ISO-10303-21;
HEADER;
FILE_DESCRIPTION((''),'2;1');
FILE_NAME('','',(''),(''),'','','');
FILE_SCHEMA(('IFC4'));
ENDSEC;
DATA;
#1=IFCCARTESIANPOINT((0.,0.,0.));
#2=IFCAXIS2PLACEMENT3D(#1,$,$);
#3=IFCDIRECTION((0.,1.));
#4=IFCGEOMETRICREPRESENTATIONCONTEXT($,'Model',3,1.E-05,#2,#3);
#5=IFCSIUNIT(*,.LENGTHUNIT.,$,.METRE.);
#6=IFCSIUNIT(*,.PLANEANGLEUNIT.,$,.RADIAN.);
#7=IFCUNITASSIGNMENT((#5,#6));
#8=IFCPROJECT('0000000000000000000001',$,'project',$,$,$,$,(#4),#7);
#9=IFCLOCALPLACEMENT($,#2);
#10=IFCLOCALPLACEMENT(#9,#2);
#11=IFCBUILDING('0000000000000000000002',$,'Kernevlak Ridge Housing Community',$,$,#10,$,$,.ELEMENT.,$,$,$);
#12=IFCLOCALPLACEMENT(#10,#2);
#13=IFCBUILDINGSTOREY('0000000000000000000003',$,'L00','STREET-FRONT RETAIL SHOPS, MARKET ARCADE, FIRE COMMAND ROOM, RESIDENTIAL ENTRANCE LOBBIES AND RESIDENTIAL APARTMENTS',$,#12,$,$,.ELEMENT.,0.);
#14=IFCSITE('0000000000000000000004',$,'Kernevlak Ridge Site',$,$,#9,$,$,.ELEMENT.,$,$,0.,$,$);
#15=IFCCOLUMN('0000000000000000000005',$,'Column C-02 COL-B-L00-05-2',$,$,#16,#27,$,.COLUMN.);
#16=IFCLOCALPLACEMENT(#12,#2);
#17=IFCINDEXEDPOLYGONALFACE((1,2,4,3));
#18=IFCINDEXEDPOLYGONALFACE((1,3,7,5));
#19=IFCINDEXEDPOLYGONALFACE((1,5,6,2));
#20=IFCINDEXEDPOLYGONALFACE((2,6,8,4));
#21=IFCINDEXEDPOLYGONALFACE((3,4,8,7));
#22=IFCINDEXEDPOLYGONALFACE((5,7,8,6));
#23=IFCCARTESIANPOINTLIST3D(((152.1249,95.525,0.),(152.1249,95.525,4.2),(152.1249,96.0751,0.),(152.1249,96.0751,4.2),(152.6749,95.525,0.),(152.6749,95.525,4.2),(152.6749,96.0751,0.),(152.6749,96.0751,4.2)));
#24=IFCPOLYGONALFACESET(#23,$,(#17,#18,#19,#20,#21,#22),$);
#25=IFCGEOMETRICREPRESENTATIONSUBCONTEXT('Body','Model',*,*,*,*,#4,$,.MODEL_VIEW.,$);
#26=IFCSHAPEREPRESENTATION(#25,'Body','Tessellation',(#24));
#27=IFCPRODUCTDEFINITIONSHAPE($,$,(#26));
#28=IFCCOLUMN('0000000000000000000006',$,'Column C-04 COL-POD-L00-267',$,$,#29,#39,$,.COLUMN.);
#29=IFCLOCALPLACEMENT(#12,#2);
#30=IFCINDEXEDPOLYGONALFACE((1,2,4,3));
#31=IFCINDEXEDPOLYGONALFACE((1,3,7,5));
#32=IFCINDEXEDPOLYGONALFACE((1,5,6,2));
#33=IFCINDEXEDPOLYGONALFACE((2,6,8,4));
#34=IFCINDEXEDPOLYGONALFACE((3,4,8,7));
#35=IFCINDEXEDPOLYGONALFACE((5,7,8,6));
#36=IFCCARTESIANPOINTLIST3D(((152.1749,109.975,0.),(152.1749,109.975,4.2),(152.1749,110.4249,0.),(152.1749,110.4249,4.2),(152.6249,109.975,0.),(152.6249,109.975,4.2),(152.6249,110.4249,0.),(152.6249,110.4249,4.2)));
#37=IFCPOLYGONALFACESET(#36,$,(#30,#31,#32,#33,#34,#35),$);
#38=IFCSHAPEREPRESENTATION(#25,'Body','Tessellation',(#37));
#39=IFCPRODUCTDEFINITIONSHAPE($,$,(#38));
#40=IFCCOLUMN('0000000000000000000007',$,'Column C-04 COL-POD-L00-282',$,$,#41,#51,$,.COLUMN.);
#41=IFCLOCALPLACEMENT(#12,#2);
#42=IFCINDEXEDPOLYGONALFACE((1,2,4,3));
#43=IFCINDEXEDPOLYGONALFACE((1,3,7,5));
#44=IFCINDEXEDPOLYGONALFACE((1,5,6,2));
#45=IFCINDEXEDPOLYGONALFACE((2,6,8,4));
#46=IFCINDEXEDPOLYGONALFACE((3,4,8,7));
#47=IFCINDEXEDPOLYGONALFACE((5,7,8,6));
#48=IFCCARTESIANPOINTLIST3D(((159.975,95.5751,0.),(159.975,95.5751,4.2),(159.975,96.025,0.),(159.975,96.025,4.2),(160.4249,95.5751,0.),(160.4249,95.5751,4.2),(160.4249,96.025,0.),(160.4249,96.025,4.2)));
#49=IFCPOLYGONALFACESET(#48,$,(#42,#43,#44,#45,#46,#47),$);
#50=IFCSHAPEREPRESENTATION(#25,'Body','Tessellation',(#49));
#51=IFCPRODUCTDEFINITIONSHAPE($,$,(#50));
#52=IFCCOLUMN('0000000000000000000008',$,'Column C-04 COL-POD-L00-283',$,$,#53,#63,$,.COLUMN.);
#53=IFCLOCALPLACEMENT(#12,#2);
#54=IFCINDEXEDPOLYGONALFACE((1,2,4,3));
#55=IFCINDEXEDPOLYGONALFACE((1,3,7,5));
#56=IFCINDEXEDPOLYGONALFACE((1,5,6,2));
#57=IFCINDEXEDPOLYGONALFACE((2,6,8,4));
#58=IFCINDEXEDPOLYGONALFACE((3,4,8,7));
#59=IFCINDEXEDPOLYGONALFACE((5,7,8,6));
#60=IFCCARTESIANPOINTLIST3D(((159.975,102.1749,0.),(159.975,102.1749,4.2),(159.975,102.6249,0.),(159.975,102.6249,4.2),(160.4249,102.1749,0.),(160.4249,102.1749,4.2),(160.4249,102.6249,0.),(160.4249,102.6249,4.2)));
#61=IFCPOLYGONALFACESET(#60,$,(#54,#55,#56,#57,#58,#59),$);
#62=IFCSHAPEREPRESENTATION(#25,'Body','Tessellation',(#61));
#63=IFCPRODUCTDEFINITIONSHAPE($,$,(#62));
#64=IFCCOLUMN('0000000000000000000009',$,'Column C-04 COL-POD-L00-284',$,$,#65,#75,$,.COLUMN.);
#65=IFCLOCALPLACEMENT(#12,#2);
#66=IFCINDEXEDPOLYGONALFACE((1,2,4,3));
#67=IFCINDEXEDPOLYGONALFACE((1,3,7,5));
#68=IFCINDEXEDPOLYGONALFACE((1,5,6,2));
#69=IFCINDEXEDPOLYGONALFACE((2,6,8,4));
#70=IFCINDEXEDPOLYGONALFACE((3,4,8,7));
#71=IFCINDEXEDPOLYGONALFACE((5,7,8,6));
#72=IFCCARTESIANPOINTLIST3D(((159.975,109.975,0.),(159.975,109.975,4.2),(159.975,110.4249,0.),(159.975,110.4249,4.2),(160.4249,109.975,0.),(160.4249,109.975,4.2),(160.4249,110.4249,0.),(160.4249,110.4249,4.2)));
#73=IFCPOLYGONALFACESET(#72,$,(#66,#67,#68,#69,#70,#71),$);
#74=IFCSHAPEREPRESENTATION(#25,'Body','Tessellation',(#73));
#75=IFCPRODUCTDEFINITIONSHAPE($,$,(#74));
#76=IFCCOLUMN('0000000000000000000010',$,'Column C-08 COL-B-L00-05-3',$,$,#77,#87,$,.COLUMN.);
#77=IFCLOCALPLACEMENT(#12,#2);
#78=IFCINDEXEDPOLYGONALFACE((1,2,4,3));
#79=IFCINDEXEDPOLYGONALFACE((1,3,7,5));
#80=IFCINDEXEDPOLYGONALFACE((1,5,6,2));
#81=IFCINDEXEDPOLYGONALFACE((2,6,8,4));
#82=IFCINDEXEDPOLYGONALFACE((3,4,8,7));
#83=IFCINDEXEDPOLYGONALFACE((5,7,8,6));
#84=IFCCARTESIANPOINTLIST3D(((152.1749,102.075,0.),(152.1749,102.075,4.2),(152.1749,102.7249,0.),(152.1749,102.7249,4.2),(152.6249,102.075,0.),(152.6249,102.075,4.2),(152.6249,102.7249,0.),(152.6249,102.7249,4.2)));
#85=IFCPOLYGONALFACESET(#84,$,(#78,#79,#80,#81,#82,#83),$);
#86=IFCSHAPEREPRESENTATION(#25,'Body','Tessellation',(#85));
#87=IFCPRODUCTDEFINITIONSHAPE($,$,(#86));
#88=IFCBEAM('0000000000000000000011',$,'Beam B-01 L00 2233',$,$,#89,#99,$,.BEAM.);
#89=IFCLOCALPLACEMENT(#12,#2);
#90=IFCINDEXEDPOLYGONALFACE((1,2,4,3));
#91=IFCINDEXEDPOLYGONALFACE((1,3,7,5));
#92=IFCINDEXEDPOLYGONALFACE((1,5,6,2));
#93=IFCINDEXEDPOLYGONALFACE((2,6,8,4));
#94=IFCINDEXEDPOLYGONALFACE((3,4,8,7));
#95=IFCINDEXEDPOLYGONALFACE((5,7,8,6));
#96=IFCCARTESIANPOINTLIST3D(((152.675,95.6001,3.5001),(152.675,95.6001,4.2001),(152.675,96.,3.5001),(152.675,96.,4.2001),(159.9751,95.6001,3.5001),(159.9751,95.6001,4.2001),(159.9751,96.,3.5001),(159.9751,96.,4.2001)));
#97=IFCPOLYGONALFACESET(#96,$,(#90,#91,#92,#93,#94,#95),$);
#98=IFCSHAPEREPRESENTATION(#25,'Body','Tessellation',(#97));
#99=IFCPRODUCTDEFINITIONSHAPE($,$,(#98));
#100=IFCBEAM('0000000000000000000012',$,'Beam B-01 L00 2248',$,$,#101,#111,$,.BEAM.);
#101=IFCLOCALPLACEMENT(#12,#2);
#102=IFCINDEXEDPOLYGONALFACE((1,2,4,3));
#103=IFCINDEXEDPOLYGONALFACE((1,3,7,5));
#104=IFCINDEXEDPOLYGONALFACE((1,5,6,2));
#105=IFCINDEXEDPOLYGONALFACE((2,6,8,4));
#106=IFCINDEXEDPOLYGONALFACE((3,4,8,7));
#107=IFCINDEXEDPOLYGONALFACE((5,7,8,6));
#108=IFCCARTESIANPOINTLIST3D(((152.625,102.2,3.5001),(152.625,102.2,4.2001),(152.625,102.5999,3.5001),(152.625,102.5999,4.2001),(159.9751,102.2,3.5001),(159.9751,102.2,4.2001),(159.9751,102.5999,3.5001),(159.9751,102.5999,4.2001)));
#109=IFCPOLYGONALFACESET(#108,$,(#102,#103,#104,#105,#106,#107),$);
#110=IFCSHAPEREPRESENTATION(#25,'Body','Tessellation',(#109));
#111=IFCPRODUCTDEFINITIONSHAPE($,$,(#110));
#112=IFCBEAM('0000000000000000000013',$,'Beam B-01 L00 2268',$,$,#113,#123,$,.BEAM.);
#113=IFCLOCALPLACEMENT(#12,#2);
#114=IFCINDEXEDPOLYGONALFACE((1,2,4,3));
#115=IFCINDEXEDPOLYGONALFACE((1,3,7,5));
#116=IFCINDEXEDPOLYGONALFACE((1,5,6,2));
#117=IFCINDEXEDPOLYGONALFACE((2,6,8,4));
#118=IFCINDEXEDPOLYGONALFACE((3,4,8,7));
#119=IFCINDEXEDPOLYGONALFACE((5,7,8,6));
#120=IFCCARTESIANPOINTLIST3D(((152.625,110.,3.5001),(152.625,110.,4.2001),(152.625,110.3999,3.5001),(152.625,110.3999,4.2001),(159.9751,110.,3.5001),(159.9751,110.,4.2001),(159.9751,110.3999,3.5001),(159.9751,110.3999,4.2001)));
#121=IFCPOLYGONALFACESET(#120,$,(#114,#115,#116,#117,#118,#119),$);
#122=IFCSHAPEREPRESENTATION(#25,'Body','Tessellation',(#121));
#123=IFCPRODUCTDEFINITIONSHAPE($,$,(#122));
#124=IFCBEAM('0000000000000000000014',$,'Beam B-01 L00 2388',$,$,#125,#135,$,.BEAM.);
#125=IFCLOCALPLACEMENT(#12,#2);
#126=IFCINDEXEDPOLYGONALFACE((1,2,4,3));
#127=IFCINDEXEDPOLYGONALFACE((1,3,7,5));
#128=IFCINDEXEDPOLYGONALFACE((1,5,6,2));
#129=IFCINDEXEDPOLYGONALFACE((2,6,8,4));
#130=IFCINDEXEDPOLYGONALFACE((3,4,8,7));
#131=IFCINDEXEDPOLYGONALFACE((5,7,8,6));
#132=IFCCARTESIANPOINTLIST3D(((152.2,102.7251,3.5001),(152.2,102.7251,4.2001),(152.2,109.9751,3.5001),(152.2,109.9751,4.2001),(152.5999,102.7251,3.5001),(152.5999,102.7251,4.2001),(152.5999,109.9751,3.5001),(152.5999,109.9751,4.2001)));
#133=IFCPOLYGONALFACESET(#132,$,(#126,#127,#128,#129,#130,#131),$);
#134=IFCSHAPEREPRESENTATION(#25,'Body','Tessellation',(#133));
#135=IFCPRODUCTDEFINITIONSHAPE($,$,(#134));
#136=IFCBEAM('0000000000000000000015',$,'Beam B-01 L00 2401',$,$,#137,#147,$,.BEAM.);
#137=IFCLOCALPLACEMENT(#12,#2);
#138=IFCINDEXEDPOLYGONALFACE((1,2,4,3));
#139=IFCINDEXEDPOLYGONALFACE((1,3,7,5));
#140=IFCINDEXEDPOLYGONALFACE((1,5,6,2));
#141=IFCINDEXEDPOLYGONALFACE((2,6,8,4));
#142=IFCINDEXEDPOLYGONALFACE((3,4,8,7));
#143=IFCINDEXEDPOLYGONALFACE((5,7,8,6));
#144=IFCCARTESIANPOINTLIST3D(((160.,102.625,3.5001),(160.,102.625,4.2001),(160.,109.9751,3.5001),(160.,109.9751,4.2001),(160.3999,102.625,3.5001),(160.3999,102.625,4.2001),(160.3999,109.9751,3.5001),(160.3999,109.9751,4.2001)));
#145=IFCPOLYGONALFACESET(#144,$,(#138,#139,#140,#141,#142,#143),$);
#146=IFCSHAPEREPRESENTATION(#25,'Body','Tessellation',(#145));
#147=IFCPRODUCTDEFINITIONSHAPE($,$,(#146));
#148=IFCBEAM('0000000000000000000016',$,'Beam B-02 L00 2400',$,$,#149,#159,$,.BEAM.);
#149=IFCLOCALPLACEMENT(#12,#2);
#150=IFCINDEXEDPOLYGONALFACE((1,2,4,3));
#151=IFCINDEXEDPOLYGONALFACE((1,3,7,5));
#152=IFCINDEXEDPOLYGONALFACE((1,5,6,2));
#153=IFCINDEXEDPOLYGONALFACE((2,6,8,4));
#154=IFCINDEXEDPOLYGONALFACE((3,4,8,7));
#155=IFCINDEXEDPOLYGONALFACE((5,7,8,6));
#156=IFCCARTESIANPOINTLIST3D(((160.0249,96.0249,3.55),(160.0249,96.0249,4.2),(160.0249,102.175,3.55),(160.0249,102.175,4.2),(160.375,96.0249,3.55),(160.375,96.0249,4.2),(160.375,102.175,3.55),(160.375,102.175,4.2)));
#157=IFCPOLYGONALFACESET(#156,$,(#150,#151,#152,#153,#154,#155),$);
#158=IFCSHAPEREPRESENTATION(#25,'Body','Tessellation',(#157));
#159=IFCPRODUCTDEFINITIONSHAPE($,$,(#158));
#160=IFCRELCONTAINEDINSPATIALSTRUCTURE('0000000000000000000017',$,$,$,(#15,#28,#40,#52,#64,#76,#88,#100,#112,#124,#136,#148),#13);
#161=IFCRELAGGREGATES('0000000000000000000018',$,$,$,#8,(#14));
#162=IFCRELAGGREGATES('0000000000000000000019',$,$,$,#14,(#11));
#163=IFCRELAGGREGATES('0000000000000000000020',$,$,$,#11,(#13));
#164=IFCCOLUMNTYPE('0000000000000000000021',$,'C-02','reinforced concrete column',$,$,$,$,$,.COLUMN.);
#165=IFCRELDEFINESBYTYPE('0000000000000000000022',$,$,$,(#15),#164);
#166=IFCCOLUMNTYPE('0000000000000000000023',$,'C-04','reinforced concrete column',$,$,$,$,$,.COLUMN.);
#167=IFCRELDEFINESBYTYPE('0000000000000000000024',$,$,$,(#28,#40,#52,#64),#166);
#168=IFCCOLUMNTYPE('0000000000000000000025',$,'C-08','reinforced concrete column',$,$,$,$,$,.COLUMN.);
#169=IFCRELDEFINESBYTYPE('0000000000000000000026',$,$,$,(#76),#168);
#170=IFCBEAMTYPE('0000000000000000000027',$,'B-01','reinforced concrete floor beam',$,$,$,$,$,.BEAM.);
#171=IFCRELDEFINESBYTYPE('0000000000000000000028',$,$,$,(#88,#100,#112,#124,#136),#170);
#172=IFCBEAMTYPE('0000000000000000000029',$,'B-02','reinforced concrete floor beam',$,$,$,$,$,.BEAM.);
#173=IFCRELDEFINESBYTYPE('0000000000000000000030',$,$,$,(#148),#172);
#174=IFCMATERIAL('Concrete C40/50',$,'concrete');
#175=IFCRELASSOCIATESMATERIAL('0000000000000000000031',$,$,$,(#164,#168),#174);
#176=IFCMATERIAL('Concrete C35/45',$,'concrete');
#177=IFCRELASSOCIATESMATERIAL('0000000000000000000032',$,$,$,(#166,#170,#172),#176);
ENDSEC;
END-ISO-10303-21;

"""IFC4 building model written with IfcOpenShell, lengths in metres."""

from ifc_helpers import new_model, si_unit, direction, frame, origin, origin_2d, place, context, subcontext, project, spatial, rectangle, extrude, material, material_profile, profile_set, type_object, element, save


model = new_model("IFC4")

# Units and contexts
model_context = context("Model", 3, precision=1e-05, world=origin(), true_north=direction((0.0, 1.0)))
body_context = subcontext(model_context, "Body", "Model", "MODEL_VIEW")
ifc_project = project(units=[si_unit("LENGTHUNIT", "METRE"), si_unit("PLANEANGLEUNIT", "RADIAN")], contexts=[model_context])

# Site, building, storey
site_placement = place(None, origin())
site = spatial("IfcSite", under=ifc_project, at=site_placement, Name="Kernevlak Ridge Site", CompositionType="ELEMENT", RefElevation=0.0)
building_placement = place(site_placement, origin())
building = spatial("IfcBuilding", under=site, at=building_placement, Name="Kernevlak Ridge Housing Community", CompositionType="ELEMENT")
storey_placement = place(building_placement, origin())
storey = spatial("IfcBuildingStorey", under=building, at=storey_placement, Name="L00", Description="STREET-FRONT RETAIL SHOPS, MARKET ARCADE, FIRE COMMAND ROOM, RESIDENTIAL ENTRANCE LOBBIES AND RESIDENTIAL APARTMENTS", CompositionType="ELEMENT", Elevation=0.0)

# Columns
ifc_material_1 = material(Name="Concrete C40/50", Category="concrete")
ifc_material_profile_1 = material_profile(ifc_material_1, rectangle(XDim=0.55, YDim=0.55, at=origin_2d()), Name="RC 550x550")
ifc_profile_set_1 = profile_set([ifc_material_profile_1], Name="Concrete C40/50")
column_type_1 = type_object("IfcColumnType", Name="C-02", Description="reinforced concrete column", PredefinedType="COLUMN", material=ifc_profile_set_1)
column_1_placement = place(storey_placement, frame((152.3999, 95.8, 0.0), z_axis=(0.0, 0.0, 1.0), x_axis=(1.0, 0.0, 0.0)))
element("IfcColumn", 1, at=column_1_placement, inside=storey, type_object=column_type_1, Name="Column C-02 COL-B-L00-05-2", PredefinedType="COLUMN", context=body_context, shape_type="SweptSolid", body=[
    extrude(rectangle(XDim=0.55, YDim=0.55, at=origin_2d()), origin(), (0.0, 0.0, 1.0), 4.2),
])
ifc_material_2 = material(Name="Concrete C35/45", Category="concrete")
ifc_material_profile_2 = material_profile(ifc_material_2, rectangle(XDim=0.45, YDim=0.45, at=origin_2d()), Name="RC 450x450")
ifc_profile_set_2 = profile_set([ifc_material_profile_2], Name="Concrete C35/45")
column_type_2 = type_object("IfcColumnType", Name="C-04", Description="reinforced concrete column", PredefinedType="COLUMN", material=ifc_profile_set_2)
for number, where, z_axis, x_axis, name in (
    (2, (152.3999, 110.2, 0.0), (0.0, 0.0, 1.0), (1.0, 0.0, 0.0), "Column C-04 COL-POD-L00-267"),
    (3, (160.2, 95.8, 0.0), (0.0, 0.0, 1.0), (1.0, 0.0, 0.0), "Column C-04 COL-POD-L00-282"),
    (4, (160.2, 102.3999, 0.0), (0.0, 0.0, 1.0), (1.0, 0.0, 0.0), "Column C-04 COL-POD-L00-283"),
    (5, (160.2, 110.2, 0.0), (0.0, 0.0, 1.0), (1.0, 0.0, 0.0), "Column C-04 COL-POD-L00-284"),
):
    element("IfcColumn", number, at=place(storey_placement, frame(where, z_axis=z_axis, x_axis=x_axis)), inside=storey, type_object=column_type_2, Name=name, PredefinedType="COLUMN", context=body_context, shape_type="SweptSolid", body=[
        extrude(rectangle(XDim=0.45, YDim=0.45, at=origin_2d()), origin(), (0.0, 0.0, 1.0), 4.2),
    ])
ifc_material_profile_3 = material_profile(ifc_material_1, rectangle(XDim=0.45, YDim=0.6499, at=origin_2d()), Name="RC 450x650")
ifc_profile_set_3 = profile_set([ifc_material_profile_3], Name="Concrete C40/50")
column_type_3 = type_object("IfcColumnType", Name="C-08", Description="reinforced concrete column", PredefinedType="COLUMN", material=ifc_profile_set_3)
column_2_placement = place(storey_placement, frame((152.3999, 102.3999, 0.0), z_axis=(0.0, 0.0, 1.0), x_axis=(1.0, 0.0, 0.0)))
element("IfcColumn", 6, at=column_2_placement, inside=storey, type_object=column_type_3, Name="Column C-08 COL-B-L00-05-3", PredefinedType="COLUMN", context=body_context, shape_type="SweptSolid", body=[
    extrude(rectangle(XDim=0.45, YDim=0.6499, at=origin_2d()), origin(), (0.0, 0.0, 1.0), 4.2),
])

# Beams
ifc_material_profile_4 = material_profile(ifc_material_2, rectangle(XDim=0.3999, YDim=0.7, at=origin_2d()), Name="RC 400x700")
ifc_profile_set_4 = profile_set([ifc_material_profile_4], Name="Concrete C35/45")
beam_type_1 = type_object("IfcBeamType", Name="B-01", Description="reinforced concrete floor beam", PredefinedType="BEAM", material=ifc_profile_set_4)
beam_1_placement = place(storey_placement, frame((152.675, 95.8, 3.8501), z_axis=(1.0, 0.0, 0.0), x_axis=(0.0, 1.0, 0.0)))
element("IfcBeam", 7, at=beam_1_placement, inside=storey, type_object=beam_type_1, Name="Beam B-01 L00 2233", PredefinedType="BEAM", context=body_context, shape_type="SweptSolid", body=[
    extrude(rectangle(XDim=0.3999, YDim=0.7, at=origin_2d()), origin(), (0.0, 0.0, 1.0), 7.3),
])
for number, where, z_axis, x_axis, name in (
    (8, (152.625, 102.3999, 3.8501), (1.0, 0.0, 0.0), (0.0, 1.0, 0.0), "Beam B-01 L00 2248"),
    (9, (152.625, 110.2, 3.8501), (1.0, 0.0, 0.0), (0.0, 1.0, 0.0), "Beam B-01 L00 2268"),
):
    element("IfcBeam", number, at=place(storey_placement, frame(where, z_axis=z_axis, x_axis=x_axis)), inside=storey, type_object=beam_type_1, Name=name, PredefinedType="BEAM", context=body_context, shape_type="SweptSolid", body=[
        extrude(rectangle(XDim=0.3999, YDim=0.7, at=origin_2d()), origin(), (0.0, 0.0, 1.0), 7.3501),
    ])
beam_2_placement = place(storey_placement, frame((152.3999, 102.7251, 3.8501), z_axis=(0.0, 1.0, 0.0), x_axis=(-1.0, 0.0, 0.0)))
element("IfcBeam", 10, at=beam_2_placement, inside=storey, type_object=beam_type_1, Name="Beam B-01 L00 2388", PredefinedType="BEAM", context=body_context, shape_type="SweptSolid", body=[
    extrude(rectangle(XDim=0.3999, YDim=0.7, at=origin_2d()), origin(), (0.0, 0.0, 1.0), 7.25),
])
beam_3_placement = place(storey_placement, frame((160.2, 102.625, 3.8501), z_axis=(0.0, 1.0, 0.0), x_axis=(-1.0, 0.0, 0.0)))
element("IfcBeam", 11, at=beam_3_placement, inside=storey, type_object=beam_type_1, Name="Beam B-01 L00 2401", PredefinedType="BEAM", context=body_context, shape_type="SweptSolid", body=[
    extrude(rectangle(XDim=0.3999, YDim=0.7, at=origin_2d()), origin(), (0.0, 0.0, 1.0), 7.3501),
])
ifc_material_profile_5 = material_profile(ifc_material_2, rectangle(XDim=0.3501, YDim=0.6499, at=origin_2d()), Name="RC 350x650")
ifc_profile_set_5 = profile_set([ifc_material_profile_5], Name="Concrete C35/45")
beam_type_2 = type_object("IfcBeamType", Name="B-02", Description="reinforced concrete floor beam", PredefinedType="BEAM", material=ifc_profile_set_5)
beam_4_placement = place(storey_placement, frame((160.2, 96.0249, 3.875), z_axis=(0.0, 1.0, 0.0), x_axis=(-1.0, 0.0, 0.0)))
element("IfcBeam", 12, at=beam_4_placement, inside=storey, type_object=beam_type_2, Name="Beam B-02 L00 2400", PredefinedType="BEAM", context=body_context, shape_type="SweptSolid", body=[
    extrude(rectangle(XDim=0.3501, YDim=0.6499, at=origin_2d()), origin(), (0.0, 0.0, 1.0), 6.1501),
])

save(model, "model.ifc")
